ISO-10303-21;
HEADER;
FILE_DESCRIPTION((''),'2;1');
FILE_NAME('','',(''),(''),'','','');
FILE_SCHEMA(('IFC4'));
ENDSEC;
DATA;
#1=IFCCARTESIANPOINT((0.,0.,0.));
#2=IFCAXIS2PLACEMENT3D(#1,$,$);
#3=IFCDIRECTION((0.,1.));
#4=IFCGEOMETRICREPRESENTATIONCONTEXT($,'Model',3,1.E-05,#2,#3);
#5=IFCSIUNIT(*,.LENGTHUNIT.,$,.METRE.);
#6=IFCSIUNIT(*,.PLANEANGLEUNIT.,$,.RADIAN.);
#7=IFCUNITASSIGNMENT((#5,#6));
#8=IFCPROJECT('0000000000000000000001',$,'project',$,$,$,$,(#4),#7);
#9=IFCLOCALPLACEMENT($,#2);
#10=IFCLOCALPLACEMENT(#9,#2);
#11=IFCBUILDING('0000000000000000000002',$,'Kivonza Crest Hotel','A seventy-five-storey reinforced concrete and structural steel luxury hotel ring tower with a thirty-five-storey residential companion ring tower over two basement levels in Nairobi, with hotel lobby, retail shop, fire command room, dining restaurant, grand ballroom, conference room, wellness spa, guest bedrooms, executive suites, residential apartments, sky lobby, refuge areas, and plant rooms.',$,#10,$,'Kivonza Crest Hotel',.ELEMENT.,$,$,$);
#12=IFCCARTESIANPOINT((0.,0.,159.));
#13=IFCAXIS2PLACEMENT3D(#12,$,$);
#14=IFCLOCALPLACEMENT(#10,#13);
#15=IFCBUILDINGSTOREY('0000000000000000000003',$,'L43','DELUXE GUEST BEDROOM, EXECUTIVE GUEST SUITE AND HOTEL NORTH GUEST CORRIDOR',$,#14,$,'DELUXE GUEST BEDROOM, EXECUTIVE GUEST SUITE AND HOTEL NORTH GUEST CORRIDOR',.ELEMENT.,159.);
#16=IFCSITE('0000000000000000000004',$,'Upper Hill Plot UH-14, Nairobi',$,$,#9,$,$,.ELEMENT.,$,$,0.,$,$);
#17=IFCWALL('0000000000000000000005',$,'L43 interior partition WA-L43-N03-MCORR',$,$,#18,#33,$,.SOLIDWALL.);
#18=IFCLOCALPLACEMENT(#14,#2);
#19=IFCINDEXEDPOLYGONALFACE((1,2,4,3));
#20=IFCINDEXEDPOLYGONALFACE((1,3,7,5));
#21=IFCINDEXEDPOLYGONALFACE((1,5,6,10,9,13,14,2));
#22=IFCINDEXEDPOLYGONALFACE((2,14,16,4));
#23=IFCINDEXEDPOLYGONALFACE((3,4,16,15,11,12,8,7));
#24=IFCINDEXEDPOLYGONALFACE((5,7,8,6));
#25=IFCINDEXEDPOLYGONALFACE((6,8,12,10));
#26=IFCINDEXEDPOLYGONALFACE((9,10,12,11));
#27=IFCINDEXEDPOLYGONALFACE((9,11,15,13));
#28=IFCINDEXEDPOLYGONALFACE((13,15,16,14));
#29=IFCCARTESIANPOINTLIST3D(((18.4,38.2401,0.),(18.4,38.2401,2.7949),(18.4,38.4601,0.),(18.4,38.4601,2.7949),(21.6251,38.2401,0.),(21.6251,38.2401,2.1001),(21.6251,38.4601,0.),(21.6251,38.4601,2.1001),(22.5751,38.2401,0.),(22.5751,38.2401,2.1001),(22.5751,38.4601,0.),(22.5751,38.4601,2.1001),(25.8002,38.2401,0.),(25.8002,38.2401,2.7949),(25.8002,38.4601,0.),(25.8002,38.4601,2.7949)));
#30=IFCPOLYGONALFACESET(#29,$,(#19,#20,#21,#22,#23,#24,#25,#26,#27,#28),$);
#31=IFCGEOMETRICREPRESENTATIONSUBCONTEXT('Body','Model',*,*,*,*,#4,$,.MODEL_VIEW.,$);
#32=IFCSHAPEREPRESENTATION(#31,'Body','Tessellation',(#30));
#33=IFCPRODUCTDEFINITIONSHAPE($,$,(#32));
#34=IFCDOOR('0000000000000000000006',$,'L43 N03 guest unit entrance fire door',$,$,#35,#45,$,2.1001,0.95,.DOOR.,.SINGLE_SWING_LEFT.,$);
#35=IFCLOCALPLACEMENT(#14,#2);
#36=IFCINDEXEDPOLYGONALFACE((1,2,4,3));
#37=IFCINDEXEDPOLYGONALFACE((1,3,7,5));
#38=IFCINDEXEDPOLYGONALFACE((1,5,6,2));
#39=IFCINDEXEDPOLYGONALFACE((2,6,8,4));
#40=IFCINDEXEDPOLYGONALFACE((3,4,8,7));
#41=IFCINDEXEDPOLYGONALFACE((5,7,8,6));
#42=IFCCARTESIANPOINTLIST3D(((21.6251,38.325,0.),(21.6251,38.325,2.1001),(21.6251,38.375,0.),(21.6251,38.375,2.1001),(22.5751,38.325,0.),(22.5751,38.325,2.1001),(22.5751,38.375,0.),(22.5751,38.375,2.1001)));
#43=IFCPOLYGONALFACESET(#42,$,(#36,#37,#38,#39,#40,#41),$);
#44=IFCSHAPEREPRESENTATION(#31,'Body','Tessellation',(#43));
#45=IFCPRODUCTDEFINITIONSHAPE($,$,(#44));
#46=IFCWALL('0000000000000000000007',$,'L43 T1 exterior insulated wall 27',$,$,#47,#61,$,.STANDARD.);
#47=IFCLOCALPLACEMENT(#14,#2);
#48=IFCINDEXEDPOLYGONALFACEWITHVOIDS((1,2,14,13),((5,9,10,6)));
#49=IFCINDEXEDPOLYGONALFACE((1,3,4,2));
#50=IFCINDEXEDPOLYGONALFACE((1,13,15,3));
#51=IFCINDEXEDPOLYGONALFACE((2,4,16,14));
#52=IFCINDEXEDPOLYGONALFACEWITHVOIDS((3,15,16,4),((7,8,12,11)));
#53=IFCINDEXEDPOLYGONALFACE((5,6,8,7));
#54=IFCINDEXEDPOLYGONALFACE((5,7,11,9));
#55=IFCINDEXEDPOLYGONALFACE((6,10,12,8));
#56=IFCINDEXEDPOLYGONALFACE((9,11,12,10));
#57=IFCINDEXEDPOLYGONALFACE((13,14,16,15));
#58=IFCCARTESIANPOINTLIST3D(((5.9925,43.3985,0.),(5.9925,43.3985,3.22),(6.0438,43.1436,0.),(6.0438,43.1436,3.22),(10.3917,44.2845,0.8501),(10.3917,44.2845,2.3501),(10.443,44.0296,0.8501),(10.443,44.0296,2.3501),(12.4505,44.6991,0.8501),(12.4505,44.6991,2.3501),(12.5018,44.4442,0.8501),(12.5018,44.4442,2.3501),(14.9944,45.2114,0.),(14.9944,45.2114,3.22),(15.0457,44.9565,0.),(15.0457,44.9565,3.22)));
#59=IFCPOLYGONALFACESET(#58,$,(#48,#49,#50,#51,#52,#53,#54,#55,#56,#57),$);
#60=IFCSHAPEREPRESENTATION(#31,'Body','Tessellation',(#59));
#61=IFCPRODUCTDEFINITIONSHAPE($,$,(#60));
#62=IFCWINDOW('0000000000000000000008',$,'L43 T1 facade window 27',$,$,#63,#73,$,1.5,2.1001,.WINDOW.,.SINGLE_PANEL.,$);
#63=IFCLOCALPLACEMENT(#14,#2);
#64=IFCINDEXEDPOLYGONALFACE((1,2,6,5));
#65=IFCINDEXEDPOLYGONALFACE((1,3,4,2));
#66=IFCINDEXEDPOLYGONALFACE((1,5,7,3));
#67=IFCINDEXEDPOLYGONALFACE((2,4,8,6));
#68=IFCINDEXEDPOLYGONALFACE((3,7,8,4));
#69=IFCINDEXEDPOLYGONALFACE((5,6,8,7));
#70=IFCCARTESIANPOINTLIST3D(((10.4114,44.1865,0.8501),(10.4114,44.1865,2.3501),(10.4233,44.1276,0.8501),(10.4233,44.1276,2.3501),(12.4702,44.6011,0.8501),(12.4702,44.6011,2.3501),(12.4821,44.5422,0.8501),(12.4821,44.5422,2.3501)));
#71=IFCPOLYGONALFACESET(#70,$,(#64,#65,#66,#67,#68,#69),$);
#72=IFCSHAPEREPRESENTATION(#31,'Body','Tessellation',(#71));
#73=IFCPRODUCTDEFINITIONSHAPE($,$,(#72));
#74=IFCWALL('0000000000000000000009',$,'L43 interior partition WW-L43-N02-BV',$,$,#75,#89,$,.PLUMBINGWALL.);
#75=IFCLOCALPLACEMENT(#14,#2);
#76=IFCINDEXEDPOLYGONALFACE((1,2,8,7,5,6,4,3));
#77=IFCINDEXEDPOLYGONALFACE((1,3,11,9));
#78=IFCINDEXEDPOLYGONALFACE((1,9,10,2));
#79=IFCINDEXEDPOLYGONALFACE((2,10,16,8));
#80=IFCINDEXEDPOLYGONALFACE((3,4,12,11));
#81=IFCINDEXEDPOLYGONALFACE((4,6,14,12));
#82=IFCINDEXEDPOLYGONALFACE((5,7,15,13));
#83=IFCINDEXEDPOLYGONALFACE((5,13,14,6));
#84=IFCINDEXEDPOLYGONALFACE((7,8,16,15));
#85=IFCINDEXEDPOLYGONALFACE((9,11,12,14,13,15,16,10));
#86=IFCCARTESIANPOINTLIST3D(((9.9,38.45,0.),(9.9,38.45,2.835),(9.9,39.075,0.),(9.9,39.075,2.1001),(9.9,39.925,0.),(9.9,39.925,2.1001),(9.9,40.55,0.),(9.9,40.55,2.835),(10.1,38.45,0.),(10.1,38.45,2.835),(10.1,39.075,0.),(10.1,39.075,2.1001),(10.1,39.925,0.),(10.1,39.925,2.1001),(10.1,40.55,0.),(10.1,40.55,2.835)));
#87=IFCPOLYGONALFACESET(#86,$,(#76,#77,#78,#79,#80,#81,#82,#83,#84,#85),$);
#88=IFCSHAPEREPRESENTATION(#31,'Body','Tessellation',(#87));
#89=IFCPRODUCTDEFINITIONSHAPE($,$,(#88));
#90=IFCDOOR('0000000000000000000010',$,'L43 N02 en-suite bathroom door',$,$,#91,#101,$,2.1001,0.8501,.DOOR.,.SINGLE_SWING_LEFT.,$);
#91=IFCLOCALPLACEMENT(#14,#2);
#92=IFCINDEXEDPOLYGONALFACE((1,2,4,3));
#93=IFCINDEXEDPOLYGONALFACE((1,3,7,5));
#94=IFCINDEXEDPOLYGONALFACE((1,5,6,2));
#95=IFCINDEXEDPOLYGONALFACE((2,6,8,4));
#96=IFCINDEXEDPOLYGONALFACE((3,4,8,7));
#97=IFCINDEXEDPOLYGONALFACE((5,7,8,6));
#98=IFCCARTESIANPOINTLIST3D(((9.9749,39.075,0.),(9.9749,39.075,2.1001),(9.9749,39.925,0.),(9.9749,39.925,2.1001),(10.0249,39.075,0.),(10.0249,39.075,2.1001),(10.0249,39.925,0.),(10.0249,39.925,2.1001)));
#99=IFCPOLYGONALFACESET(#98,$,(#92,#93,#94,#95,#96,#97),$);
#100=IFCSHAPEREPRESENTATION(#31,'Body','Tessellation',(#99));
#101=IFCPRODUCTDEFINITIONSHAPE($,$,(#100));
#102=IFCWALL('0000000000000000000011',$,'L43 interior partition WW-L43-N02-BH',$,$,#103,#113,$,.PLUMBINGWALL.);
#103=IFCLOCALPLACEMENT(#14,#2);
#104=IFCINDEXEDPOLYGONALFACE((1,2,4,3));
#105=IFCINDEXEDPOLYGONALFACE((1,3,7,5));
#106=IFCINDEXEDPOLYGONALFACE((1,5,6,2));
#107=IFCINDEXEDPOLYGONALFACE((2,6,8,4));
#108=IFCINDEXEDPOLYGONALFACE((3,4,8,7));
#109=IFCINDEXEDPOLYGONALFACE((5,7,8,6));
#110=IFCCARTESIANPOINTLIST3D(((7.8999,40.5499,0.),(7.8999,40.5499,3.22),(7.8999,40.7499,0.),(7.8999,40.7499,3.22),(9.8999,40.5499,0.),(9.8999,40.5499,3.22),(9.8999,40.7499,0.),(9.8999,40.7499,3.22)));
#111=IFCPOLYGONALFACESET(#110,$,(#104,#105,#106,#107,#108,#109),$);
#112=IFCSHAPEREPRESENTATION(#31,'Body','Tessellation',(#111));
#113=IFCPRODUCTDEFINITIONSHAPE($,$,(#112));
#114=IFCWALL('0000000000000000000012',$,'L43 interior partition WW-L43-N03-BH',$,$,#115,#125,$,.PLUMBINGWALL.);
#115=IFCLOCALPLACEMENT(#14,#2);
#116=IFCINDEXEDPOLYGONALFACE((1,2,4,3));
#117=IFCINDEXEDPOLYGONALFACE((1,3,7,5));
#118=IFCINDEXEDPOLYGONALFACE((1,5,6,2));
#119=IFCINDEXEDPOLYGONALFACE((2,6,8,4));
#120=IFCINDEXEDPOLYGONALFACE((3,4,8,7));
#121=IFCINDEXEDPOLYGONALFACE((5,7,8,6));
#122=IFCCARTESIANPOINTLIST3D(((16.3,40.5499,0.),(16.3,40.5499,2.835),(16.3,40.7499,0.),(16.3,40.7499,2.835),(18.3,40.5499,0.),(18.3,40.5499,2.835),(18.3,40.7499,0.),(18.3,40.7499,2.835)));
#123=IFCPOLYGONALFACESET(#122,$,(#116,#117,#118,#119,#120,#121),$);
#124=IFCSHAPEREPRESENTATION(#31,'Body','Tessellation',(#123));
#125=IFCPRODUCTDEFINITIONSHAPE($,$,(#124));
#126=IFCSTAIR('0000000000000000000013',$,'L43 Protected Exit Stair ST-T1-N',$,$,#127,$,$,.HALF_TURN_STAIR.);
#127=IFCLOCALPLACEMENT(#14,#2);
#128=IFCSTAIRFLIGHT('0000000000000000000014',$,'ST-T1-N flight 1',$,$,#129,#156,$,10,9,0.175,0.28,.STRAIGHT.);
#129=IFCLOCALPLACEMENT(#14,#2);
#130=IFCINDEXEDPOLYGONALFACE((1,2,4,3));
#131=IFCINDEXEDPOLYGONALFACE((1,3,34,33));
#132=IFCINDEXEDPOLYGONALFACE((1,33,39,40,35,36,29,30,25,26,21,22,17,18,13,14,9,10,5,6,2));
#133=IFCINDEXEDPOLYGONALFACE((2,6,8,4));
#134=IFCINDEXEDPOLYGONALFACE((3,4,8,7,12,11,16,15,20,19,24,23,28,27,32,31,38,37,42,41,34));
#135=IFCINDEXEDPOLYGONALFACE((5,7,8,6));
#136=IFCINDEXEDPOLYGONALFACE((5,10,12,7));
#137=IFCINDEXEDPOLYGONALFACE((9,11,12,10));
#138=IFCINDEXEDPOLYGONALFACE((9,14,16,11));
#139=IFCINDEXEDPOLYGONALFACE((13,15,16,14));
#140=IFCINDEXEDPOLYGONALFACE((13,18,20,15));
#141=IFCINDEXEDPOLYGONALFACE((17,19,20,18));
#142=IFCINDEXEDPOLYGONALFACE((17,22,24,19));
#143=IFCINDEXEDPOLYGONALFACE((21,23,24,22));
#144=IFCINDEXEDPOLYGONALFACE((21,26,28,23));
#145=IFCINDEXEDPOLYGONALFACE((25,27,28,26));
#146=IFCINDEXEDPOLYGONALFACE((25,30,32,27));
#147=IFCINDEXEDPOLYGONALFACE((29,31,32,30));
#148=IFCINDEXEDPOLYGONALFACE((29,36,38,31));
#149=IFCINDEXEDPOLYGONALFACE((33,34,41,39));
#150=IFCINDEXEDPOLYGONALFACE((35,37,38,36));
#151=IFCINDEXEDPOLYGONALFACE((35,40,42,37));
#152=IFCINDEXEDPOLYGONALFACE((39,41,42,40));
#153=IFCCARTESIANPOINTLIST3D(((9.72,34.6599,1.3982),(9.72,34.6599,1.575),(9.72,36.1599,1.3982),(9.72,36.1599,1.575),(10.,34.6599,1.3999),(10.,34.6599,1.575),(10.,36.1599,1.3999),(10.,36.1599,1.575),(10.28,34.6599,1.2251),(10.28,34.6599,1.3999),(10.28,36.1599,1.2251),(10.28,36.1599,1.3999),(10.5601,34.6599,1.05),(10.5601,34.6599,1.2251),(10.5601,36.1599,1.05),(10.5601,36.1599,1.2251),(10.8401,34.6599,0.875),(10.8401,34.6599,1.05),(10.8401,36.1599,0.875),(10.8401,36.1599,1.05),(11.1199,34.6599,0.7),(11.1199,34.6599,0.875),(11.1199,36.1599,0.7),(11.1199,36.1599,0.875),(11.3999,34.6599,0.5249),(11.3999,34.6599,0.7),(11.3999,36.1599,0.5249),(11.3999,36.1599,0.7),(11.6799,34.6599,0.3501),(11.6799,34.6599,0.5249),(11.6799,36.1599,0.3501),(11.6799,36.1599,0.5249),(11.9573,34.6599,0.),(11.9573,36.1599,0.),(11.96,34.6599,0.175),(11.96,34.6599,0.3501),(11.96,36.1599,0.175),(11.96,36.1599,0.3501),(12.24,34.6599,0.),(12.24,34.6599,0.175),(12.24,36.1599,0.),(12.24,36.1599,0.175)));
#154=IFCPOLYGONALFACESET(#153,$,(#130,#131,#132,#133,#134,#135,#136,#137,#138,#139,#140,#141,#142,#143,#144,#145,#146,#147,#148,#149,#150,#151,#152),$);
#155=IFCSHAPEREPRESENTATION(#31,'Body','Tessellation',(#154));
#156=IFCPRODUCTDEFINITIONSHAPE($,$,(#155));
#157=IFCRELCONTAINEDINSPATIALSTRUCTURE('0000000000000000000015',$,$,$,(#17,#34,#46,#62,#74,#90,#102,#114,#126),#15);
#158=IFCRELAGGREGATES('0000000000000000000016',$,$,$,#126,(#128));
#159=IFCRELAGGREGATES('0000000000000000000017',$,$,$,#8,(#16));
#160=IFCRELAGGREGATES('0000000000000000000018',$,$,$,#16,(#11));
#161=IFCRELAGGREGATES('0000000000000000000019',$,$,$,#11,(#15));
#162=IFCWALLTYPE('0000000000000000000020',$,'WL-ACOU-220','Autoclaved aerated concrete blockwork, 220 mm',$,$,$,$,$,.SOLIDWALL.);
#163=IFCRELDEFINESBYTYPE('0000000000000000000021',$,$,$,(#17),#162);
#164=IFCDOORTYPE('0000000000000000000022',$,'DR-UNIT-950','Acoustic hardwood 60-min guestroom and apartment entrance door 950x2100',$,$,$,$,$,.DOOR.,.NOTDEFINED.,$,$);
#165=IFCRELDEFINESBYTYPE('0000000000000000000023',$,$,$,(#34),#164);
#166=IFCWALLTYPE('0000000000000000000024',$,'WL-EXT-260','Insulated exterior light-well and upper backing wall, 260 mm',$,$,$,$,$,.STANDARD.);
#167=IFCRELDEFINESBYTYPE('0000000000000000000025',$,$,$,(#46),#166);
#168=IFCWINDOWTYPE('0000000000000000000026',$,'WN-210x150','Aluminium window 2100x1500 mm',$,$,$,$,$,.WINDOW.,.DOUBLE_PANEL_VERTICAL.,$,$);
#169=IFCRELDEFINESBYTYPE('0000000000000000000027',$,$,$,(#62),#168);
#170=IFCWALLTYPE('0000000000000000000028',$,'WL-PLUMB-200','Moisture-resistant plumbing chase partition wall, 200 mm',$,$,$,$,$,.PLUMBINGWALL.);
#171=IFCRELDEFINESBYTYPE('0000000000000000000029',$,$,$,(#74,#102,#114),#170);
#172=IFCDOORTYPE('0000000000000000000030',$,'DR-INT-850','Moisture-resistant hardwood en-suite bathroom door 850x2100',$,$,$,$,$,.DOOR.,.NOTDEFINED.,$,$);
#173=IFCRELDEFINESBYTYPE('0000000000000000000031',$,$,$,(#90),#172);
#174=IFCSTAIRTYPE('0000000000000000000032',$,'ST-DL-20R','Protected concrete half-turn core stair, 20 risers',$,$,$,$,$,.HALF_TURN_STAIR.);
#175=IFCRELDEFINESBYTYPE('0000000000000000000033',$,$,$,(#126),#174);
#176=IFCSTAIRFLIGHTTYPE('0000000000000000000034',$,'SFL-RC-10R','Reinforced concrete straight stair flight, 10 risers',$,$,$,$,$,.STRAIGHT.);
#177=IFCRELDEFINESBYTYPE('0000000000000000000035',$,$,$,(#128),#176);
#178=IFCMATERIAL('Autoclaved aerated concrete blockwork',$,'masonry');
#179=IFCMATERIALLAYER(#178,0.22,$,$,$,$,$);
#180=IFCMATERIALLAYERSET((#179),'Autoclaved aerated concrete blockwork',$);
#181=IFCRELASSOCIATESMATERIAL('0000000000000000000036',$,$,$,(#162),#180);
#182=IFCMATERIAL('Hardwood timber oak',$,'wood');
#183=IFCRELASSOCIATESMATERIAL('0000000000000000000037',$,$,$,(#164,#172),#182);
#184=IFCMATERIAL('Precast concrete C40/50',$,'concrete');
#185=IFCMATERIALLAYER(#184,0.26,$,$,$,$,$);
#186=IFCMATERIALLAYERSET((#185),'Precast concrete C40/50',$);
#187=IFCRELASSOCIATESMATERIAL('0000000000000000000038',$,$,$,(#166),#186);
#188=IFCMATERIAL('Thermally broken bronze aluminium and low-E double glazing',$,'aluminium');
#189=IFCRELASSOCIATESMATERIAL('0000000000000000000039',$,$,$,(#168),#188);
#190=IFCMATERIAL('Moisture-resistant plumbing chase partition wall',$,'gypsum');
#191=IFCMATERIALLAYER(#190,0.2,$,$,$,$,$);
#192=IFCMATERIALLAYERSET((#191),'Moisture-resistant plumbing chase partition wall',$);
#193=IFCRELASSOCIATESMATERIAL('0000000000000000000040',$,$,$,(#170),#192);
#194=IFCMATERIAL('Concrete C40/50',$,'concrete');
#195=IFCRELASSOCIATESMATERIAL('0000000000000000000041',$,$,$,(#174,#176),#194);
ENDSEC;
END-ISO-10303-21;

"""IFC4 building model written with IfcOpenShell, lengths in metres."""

from ifc_helpers import new_model, si_unit, direction, frame, frame_2d, origin, place, context, subcontext, project, spatial, polyline, rectangle, outline, extrude, material, layer, layer_set, type_object, element, fill, aggregate, save


model = new_model("IFC4")

# Units and contexts
model_context = context("Model", 3, precision=1e-05, world=origin(), true_north=direction((0.0, 1.0)))
body_context = subcontext(model_context, "Body", "Model", "MODEL_VIEW")
ifc_project = project(units=[si_unit("LENGTHUNIT", "METRE"), si_unit("PLANEANGLEUNIT", "RADIAN")], contexts=[model_context])

# Site, building, storey
site_placement = place(None, origin())
site = spatial("IfcSite", under=ifc_project, at=site_placement, Name="Upper Hill Plot UH-14, Nairobi", CompositionType="ELEMENT", RefElevation=0.0)
building_placement = place(site_placement, origin())
building = spatial("IfcBuilding", under=site, at=building_placement, Name="Kivonza Crest Hotel", Description="A seventy-five-storey reinforced concrete and structural steel luxury hotel ring tower with a thirty-five-storey residential companion ring tower over two basement levels in Nairobi, with hotel lobby, retail shop, fire command room, dining restaurant, grand ballroom, conference room, wellness spa, guest bedrooms, executive suites, residential apartments, sky lobby, refuge areas, and plant rooms.", LongName="Kivonza Crest Hotel", CompositionType="ELEMENT")
storey_placement = place(building_placement, frame((0.0, 0.0, 159.0)))
storey = spatial("IfcBuildingStorey", under=building, at=storey_placement, Name="L43", Description="DELUXE GUEST BEDROOM, EXECUTIVE GUEST SUITE AND HOTEL NORTH GUEST CORRIDOR", LongName="DELUXE GUEST BEDROOM, EXECUTIVE GUEST SUITE AND HOTEL NORTH GUEST CORRIDOR", CompositionType="ELEMENT", Elevation=159.0)

# Shared definitions
ifc_material_1 = material(Name="Autoclaved aerated concrete blockwork", Category="masonry")
ifc_layer_1 = layer(ifc_material_1, 0.22)
ifc_layer_set_1 = layer_set([ifc_layer_1], Name="Autoclaved aerated concrete blockwork")
wall_type_1 = type_object("IfcWallType", Name="WL-ACOU-220", Description="Autoclaved aerated concrete blockwork, 220 mm", PredefinedType="SOLIDWALL", material=ifc_layer_set_1)
ifc_material_2 = material(Name="Hardwood timber oak", Category="wood")
door_type_1 = type_object("IfcDoorType", Name="DR-UNIT-950", Description="Acoustic hardwood 60-min guestroom and apartment entrance door 950x2100", OperationType="NOTDEFINED", PredefinedType="DOOR", material=ifc_material_2)

# Wall, opening, door
wall_1_placement = place(storey_placement, frame((18.3999, 38.3501, 0.0), z_axis=(0.0, 0.0, 1.0), x_axis=(1.0, 0.0, 0.0)))
wall_1 = element("IfcWall", 1, at=wall_1_placement, inside=storey, type_object=wall_type_1, Name="L43 interior partition WA-L43-N03-MCORR", PredefinedType="SOLIDWALL", context=body_context, shape_type="SweptSolid", body=[
    extrude(rectangle(XDim=7.4001, YDim=0.22, at=frame_2d((3.7002, 0.0))), origin(), (0.0, 0.0, 1.0), 2.7949),
])
opening_1_placement = place(wall_1_placement, frame((3.2251, 0.0, 0.0)))
opening_1 = element("IfcOpeningElement", 2, at=opening_1_placement, cuts=wall_1, PredefinedType="OPENING", context=body_context, shape_type="SweptSolid", body=[
    extrude(rectangle(XDim=0.95, YDim=2.1001, at=frame_2d((0.4751, 1.05))), frame((0.0, 0.1201, 0.0), z_axis=(0.0, -1.0, 0.0), x_axis=(1.0, 0.0, 0.0)), (0.0, 0.0, 1.0), 0.24),
])
door_1_placement = place(opening_1_placement, origin())
door_1 = element("IfcDoor", 3, at=door_1_placement, inside=storey, type_object=door_type_1, Name="L43 N03 guest unit entrance fire door", OperationType="SINGLE_SWING_LEFT", OverallHeight=2.1001, OverallWidth=0.95, PredefinedType="DOOR", context=body_context, shape_type="SweptSolid", body=[
    extrude(rectangle(XDim=0.95, YDim=2.1001, at=frame_2d((0.4751, 1.05))), frame((0.0, 0.0249, 0.0), z_axis=(0.0, -1.0, 0.0), x_axis=(1.0, 0.0, 0.0)), (0.0, 0.0, 1.0), 0.05),
])
fill(opening_1, door_1)

# Wall, opening, window
ifc_material_3 = material(Name="Precast concrete C40/50", Category="concrete")
ifc_layer_2 = layer(ifc_material_3, 0.26)
ifc_layer_set_2 = layer_set([ifc_layer_2], Name="Precast concrete C40/50")
wall_type_2 = type_object("IfcWallType", Name="WL-EXT-260", Description="Insulated exterior light-well and upper backing wall, 260 mm", PredefinedType="STANDARD", material=ifc_layer_set_2)
wall_2_placement = place(storey_placement, frame((15.02, 45.084, 0.0), z_axis=(0.0, 0.0, 1.0), x_axis=(-0.980316, -0.197435, 0.0)))
wall_2 = element("IfcWall", 4, at=wall_2_placement, inside=storey, type_object=wall_type_2, Name="L43 T1 exterior insulated wall 27", PredefinedType="STANDARD", context=body_context, shape_type="SweptSolid", body=[
    extrude(rectangle(XDim=9.1826, YDim=0.26, at=frame_2d((4.5913, 0.0))), origin(), (0.0, 0.0, 1.0), 3.22),
])
opening_2_placement = place(wall_2_placement, frame((2.595, 0.0, 0.8501)))
opening_2 = element("IfcOpeningElement", 5, at=opening_2_placement, cuts=wall_2, PredefinedType="OPENING", context=body_context, shape_type="SweptSolid", body=[
    extrude(rectangle(XDim=2.1001, YDim=1.5, at=frame_2d((1.05, 0.75))), frame((0.0, 0.1401, 0.0), z_axis=(0.0, -1.0, 0.0), x_axis=(1.0, 0.0, 0.0)), (0.0, 0.0, 1.0), 0.28),
])
ifc_material_4 = material(Name="Thermally broken bronze aluminium and low-E double glazing", Category="aluminium")
window_type = type_object("IfcWindowType", Name="WN-210x150", Description="Aluminium window 2100x1500 mm", PartitioningType="DOUBLE_PANEL_VERTICAL", PredefinedType="WINDOW", material=ifc_material_4)
window_placement = place(opening_2_placement, origin())
window = element("IfcWindow", 6, at=window_placement, inside=storey, type_object=window_type, Name="L43 T1 facade window 27", OverallHeight=1.5, OverallWidth=2.1001, PartitioningType="SINGLE_PANEL", PredefinedType="WINDOW", context=body_context, shape_type="SweptSolid", body=[
    extrude(rectangle(XDim=2.1001, YDim=1.5, at=frame_2d((1.05, 0.75))), frame((0.0, 0.03, 0.0), z_axis=(0.0, -1.0, 0.0), x_axis=(1.0, 0.0, 0.0)), (0.0, 0.0, 1.0), 0.0601),
])
fill(opening_2, window)

# Wall, opening, door
ifc_material_5 = material(Name="Moisture-resistant plumbing chase partition wall", Category="gypsum")
ifc_layer_3 = layer(ifc_material_5, 0.2)
ifc_layer_set_3 = layer_set([ifc_layer_3], Name="Moisture-resistant plumbing chase partition wall")
wall_type_3 = type_object("IfcWallType", Name="WL-PLUMB-200", Description="Moisture-resistant plumbing chase partition wall, 200 mm", PredefinedType="PLUMBINGWALL", material=ifc_layer_set_3)
wall_3_placement = place(storey_placement, frame((10.0, 38.45, 0.0), z_axis=(0.0, 0.0, 1.0), x_axis=(0.0, 1.0, 0.0)))
wall_3 = element("IfcWall", 7, at=wall_3_placement, inside=storey, type_object=wall_type_3, Name="L43 interior partition WW-L43-N02-BV", PredefinedType="PLUMBINGWALL", context=body_context, shape_type="SweptSolid", body=[
    extrude(rectangle(XDim=2.1001, YDim=0.2, at=frame_2d((1.05, 0.0))), origin(), (0.0, 0.0, 1.0), 2.835),
])
opening_3_placement = place(wall_3_placement, frame((0.625, 0.0, 0.0)))
opening_3 = element("IfcOpeningElement", 8, at=opening_3_placement, cuts=wall_3, PredefinedType="OPENING", context=body_context, shape_type="SweptSolid", body=[
    extrude(rectangle(XDim=0.8501, YDim=2.1001, at=frame_2d((0.425, 1.05))), frame((0.0, 0.1099, 0.0), z_axis=(0.0, -1.0, 0.0), x_axis=(1.0, 0.0, 0.0)), (0.0, 0.0, 1.0), 0.22),
])
door_type_2 = type_object("IfcDoorType", Name="DR-INT-850", Description="Moisture-resistant hardwood en-suite bathroom door 850x2100", OperationType="NOTDEFINED", PredefinedType="DOOR", material=ifc_material_2)
door_2_placement = place(opening_3_placement, frame((0.8501, 0.0, 0.0), z_axis=(0.0, 0.0, 1.0), x_axis=(-1.0, 0.0, 0.0)))
door_2 = element("IfcDoor", 9, at=door_2_placement, inside=storey, type_object=door_type_2, Name="L43 N02 en-suite bathroom door", OperationType="SINGLE_SWING_LEFT", OverallHeight=2.1001, OverallWidth=0.8501, PredefinedType="DOOR", context=body_context, shape_type="SweptSolid", body=[
    extrude(rectangle(XDim=0.8501, YDim=2.1001, at=frame_2d((0.425, 1.05))), frame((0.0, 0.0249, 0.0), z_axis=(0.0, -1.0, 0.0), x_axis=(1.0, 0.0, 0.0)), (0.0, 0.0, 1.0), 0.05),
])
fill(opening_3, door_2)

# Walls
wall_4_placement = place(storey_placement, frame((7.8999, 40.6499, 0.0), z_axis=(0.0, 0.0, 1.0), x_axis=(1.0, 0.0, 0.0)))
element("IfcWall", 10, at=wall_4_placement, inside=storey, type_object=wall_type_3, Name="L43 interior partition WW-L43-N02-BH", PredefinedType="PLUMBINGWALL", context=body_context, shape_type="SweptSolid", body=[
    extrude(rectangle(XDim=2.0, YDim=0.2, at=frame_2d((1.0, 0.0))), origin(), (0.0, 0.0, 1.0), 3.22),
])
wall_5_placement = place(storey_placement, frame((16.3, 40.6499, 0.0), z_axis=(0.0, 0.0, 1.0), x_axis=(1.0, 0.0, 0.0)))
element("IfcWall", 11, at=wall_5_placement, inside=storey, type_object=wall_type_3, Name="L43 interior partition WW-L43-N03-BH", PredefinedType="PLUMBINGWALL", context=body_context, shape_type="SweptSolid", body=[
    extrude(rectangle(XDim=2.0, YDim=0.2, at=frame_2d((1.0, 0.0))), origin(), (0.0, 0.0, 1.0), 2.835),
])

# Stair, stair flight
ifc_material_6 = material(Name="Concrete C40/50", Category="concrete")
stair_type = type_object("IfcStairType", Name="ST-DL-20R", Description="Protected concrete half-turn core stair, 20 risers", PredefinedType="HALF_TURN_STAIR", material=ifc_material_6)
stair_placement = place(storey_placement, origin())
stair = element("IfcStair", 12, at=stair_placement, inside=storey, type_object=stair_type, Name="L43 Protected Exit Stair ST-T1-N", PredefinedType="HALF_TURN_STAIR")
stair_flight_type = type_object("IfcStairFlightType", Name="SFL-RC-10R", Description="Reinforced concrete straight stair flight, 10 risers", PredefinedType="STRAIGHT", material=ifc_material_6)
stair_flight_placement = place(storey_placement, frame((12.24, 35.4099, 0.0), z_axis=(0.0, 0.0, 1.0), x_axis=(-1.0, 0.0, 0.0)))
stair_flight = element("IfcStairFlight", 13, at=stair_flight_placement, type_object=stair_flight_type, Name="ST-T1-N flight 1", NumberOfRisers=10, NumberOfTreads=9, PredefinedType="STRAIGHT", RiserHeight=0.175, TreadLength=0.28, context=body_context, shape_type="SweptSolid", body=[
    extrude(outline(polyline([(0.0, 0.0), (0.0, 0.175), (0.28, 0.175), (0.28, 0.3501), (0.5601, 0.3501), (0.5601, 0.5249), (0.8401, 0.5249), (0.8401, 0.7), (1.1201, 0.7), (1.1201, 0.875), (1.3999, 0.875), (1.3999, 1.05), (1.6799, 1.05), (1.6799, 1.2251), (1.96, 1.2251), (1.96, 1.3999), (2.24, 1.3999), (2.24, 1.575), (2.52, 1.575), (2.52, 1.75), (2.52, 1.3982), (0.2827, 0.0), (0.0, 0.0)])), frame((0.0, 0.75, 0.0), z_axis=(0.0, -1.0, 0.0), x_axis=(1.0, 0.0, 0.0)), (0.0, 0.0, 1.0), 1.5),
])
aggregate(stair, [stair_flight])

save(model, "model.ifc")
